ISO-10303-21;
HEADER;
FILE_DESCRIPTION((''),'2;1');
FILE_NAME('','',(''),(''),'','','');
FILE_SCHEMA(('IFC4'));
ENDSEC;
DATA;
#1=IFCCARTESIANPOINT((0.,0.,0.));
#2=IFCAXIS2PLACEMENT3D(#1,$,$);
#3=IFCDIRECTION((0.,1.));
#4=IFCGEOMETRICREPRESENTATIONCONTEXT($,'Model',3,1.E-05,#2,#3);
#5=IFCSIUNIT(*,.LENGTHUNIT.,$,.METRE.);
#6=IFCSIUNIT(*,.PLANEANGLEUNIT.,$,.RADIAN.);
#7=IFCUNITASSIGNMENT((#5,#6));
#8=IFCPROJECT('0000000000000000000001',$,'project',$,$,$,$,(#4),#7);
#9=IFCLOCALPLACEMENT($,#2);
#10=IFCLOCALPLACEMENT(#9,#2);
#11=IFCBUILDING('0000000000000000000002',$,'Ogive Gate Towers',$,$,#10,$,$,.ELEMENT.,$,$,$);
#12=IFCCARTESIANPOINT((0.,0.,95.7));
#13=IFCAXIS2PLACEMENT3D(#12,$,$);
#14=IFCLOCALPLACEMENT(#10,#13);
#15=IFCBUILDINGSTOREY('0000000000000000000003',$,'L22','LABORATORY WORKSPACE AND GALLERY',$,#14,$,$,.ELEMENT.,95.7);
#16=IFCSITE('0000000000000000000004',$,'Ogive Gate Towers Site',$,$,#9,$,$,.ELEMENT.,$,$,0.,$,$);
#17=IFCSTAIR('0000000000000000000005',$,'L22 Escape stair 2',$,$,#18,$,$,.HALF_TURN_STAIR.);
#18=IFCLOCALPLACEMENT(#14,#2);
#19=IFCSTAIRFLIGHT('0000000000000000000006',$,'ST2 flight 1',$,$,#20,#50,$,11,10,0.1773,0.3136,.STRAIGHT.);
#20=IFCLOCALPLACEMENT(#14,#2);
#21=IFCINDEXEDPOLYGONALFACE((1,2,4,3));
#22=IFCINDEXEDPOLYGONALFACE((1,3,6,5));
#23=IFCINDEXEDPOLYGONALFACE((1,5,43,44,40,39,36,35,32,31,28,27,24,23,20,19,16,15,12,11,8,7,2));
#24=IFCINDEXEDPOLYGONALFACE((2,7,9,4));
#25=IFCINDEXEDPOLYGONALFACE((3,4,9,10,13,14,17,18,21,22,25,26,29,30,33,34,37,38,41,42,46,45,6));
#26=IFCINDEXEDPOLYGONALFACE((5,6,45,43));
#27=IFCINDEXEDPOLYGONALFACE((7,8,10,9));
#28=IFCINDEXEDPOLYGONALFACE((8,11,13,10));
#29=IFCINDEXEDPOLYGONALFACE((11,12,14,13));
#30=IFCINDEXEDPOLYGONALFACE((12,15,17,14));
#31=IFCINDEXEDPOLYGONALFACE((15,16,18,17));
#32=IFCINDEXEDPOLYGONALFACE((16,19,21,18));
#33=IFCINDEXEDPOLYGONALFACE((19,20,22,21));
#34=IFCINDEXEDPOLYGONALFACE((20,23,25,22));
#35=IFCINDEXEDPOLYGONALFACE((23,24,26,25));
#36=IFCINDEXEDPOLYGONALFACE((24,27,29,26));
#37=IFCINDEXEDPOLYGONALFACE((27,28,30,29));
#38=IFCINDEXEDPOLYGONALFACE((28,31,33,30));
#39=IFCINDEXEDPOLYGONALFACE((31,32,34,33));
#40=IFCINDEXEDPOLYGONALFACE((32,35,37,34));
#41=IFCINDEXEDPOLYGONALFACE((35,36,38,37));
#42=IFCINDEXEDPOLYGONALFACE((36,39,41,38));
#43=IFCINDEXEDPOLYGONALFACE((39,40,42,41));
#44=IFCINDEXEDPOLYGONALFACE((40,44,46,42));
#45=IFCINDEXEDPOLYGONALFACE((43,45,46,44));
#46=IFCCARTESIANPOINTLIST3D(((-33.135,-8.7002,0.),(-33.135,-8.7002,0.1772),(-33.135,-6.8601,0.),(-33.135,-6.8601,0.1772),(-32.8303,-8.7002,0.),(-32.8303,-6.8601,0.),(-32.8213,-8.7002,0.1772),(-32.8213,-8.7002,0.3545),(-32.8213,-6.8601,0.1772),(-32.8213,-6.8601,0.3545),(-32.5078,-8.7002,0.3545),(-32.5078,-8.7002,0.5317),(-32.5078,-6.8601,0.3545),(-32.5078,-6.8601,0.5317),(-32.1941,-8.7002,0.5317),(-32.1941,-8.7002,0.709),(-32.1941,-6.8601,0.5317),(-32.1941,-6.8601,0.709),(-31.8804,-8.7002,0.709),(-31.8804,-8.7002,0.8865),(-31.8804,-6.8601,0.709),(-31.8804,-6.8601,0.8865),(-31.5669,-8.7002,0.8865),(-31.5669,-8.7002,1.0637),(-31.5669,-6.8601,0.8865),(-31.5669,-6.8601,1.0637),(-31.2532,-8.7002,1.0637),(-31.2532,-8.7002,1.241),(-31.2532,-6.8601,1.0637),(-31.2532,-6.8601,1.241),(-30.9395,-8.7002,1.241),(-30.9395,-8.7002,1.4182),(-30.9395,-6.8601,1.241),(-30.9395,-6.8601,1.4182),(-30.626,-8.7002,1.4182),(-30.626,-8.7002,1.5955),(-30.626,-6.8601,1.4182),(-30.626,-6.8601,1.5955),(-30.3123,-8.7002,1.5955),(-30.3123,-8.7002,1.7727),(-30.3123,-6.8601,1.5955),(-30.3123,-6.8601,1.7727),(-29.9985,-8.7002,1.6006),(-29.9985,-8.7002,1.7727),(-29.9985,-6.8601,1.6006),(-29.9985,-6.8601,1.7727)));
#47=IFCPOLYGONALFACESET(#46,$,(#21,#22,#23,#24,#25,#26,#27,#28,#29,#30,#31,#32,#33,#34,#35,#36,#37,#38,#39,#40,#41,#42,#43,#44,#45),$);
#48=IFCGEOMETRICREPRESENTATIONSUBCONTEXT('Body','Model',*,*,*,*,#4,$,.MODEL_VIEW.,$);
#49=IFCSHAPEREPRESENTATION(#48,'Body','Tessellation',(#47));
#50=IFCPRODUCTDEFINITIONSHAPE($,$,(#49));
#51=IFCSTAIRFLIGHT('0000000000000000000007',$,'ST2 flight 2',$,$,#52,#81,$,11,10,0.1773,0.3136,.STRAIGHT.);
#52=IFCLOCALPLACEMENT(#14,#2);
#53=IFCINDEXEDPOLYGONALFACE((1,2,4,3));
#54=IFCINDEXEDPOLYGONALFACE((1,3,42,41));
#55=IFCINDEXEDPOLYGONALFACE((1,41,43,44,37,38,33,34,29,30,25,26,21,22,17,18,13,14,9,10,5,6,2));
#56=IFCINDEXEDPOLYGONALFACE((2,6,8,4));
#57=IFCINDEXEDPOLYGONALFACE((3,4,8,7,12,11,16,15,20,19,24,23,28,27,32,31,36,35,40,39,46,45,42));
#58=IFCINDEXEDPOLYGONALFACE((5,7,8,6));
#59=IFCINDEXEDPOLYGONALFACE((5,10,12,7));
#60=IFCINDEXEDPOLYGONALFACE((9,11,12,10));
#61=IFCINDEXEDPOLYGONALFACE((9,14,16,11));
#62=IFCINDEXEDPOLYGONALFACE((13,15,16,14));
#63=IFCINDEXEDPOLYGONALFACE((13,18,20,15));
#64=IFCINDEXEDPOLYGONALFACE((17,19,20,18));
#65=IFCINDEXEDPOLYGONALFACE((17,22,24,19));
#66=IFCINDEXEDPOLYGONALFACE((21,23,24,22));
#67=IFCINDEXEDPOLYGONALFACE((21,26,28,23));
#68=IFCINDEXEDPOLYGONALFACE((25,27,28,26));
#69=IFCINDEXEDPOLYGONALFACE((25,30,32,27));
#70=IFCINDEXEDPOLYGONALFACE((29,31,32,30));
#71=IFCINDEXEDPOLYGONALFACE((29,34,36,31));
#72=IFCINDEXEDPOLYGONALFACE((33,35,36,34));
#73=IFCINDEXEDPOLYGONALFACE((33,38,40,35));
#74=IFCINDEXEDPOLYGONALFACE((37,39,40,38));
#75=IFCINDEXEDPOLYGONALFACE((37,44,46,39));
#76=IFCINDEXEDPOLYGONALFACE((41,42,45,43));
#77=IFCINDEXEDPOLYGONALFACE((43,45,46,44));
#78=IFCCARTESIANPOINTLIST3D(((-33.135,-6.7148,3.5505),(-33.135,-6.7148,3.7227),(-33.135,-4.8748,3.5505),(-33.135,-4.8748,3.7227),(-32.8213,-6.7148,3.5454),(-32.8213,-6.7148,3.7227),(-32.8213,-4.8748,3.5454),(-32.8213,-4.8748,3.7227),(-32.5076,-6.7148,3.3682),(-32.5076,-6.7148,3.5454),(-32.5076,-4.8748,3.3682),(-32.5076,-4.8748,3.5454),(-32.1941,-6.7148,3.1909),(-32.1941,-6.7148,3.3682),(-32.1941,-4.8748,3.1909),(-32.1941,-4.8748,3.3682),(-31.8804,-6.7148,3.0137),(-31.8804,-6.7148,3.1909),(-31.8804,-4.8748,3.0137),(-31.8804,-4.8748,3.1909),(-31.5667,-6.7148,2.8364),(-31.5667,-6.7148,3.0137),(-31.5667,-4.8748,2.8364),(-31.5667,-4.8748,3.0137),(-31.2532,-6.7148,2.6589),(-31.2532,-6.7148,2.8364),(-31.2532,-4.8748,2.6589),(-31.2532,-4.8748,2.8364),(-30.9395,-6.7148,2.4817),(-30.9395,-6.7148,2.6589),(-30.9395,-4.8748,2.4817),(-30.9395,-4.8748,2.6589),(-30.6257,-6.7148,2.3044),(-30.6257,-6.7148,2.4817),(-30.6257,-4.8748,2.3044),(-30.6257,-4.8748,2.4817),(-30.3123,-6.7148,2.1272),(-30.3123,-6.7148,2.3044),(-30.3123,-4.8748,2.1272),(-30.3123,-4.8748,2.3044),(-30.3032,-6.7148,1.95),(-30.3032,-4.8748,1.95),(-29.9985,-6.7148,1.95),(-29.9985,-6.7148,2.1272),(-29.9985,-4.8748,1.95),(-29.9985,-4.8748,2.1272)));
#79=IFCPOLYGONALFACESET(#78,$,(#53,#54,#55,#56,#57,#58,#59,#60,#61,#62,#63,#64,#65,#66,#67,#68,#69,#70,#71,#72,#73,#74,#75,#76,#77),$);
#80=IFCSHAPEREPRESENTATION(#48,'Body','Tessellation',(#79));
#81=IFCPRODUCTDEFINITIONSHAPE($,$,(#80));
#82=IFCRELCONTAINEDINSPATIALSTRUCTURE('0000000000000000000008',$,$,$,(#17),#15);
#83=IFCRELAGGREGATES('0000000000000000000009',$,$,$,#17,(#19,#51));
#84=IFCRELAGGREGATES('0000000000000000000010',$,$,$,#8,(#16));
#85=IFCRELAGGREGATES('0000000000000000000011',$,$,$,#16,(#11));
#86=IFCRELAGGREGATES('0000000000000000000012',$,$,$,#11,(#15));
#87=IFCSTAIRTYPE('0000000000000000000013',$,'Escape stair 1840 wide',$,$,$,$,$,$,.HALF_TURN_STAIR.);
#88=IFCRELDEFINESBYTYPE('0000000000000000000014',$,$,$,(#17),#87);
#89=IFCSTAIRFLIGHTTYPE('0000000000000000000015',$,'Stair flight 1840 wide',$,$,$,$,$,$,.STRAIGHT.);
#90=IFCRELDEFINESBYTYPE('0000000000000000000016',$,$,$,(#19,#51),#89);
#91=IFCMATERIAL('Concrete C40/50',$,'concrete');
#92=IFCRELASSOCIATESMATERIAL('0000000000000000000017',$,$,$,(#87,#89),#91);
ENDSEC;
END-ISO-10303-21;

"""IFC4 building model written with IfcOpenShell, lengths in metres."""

from ifc_helpers import new_model, si_unit, direction, frame, origin, place, context, subcontext, project, spatial, polyline, outline, extrude, material, type_object, element, aggregate, save


model = new_model("IFC4")

# Units and contexts
model_context = context("Model", 3, precision=1e-05, world=origin(), true_north=direction((0.0, 1.0)))
body_context = subcontext(model_context, "Body", "Model", "MODEL_VIEW")
ifc_project = project(units=[si_unit("LENGTHUNIT", "METRE"), si_unit("PLANEANGLEUNIT", "RADIAN")], contexts=[model_context])

# Site, building, storey
site_placement = place(None, origin())
site = spatial("IfcSite", under=ifc_project, at=site_placement, Name="Ogive Gate Towers Site", CompositionType="ELEMENT", RefElevation=0.0)
building_placement = place(site_placement, origin())
building = spatial("IfcBuilding", under=site, at=building_placement, Name="Ogive Gate Towers", CompositionType="ELEMENT")
storey_placement = place(building_placement, frame((0.0, 0.0, 95.7)))
storey = spatial("IfcBuildingStorey", under=building, at=storey_placement, Name="L22", Description="LABORATORY WORKSPACE AND GALLERY", CompositionType="ELEMENT", Elevation=95.7)

# Stair, stair flights
ifc_material_1 = material(Name="Concrete C40/50", Category="concrete")
stair_type = type_object("IfcStairType", Name="Escape stair 1840 wide", PredefinedType="HALF_TURN_STAIR", material=ifc_material_1)
stair_placement = place(storey_placement, origin())
stair = element("IfcStair", 1, at=stair_placement, inside=storey, type_object=stair_type, Name="L22 Escape stair 2", PredefinedType="HALF_TURN_STAIR")
stair_flight_type = type_object("IfcStairFlightType", Name="Stair flight 1840 wide", PredefinedType="STRAIGHT", material=ifc_material_1)
stair_flight_1_placement = place(storey_placement, frame((-33.135, -7.78, 0.0), z_axis=(0.0, 0.0, 1.0), x_axis=(1.0, 0.0, 0.0)))
stair_flight_1 = element("IfcStairFlight", 2, at=stair_flight_1_placement, type_object=stair_flight_type, Name="ST2 flight 1", NumberOfRisers=11, NumberOfTreads=10, PredefinedType="STRAIGHT", RiserHeight=0.1773, TreadLength=0.3136, context=body_context, shape_type="SweptSolid", body=[
    extrude(outline(polyline([(0.0, 0.0), (0.0, 0.1772), (0.3137, 0.1772), (0.3137, 0.3545), (0.6272, 0.3545), (0.6272, 0.5317), (0.9409, 0.5317), (0.9409, 0.709), (1.2546, 0.709), (1.2546, 0.8865), (1.5681, 0.8865), (1.5681, 1.0637), (1.8818, 1.0637), (1.8818, 1.241), (2.1956, 1.241), (2.1956, 1.4182), (2.509, 1.4182), (2.509, 1.5955), (2.8228, 1.5955), (2.8228, 1.7727), (3.1365, 1.7727), (3.1365, 1.95), (3.1365, 1.6006), (0.3047, 0.0), (0.0, 0.0)])), frame((0.0, 0.9199, 0.0), z_axis=(0.0, -1.0, 0.0), x_axis=(1.0, 0.0, 0.0)), (0.0, 0.0, 1.0), 1.8401),
])
stair_flight_2_placement = place(storey_placement, frame((-29.9985, -5.7949, 1.95), z_axis=(0.0, 0.0, 1.0), x_axis=(-1.0, 0.0, 0.0)))
stair_flight_2 = element("IfcStairFlight", 3, at=stair_flight_2_placement, type_object=stair_flight_type, Name="ST2 flight 2", NumberOfRisers=11, NumberOfTreads=10, PredefinedType="STRAIGHT", RiserHeight=0.1773, TreadLength=0.3136, context=body_context, shape_type="SweptSolid", body=[
    extrude(outline(polyline([(0.0, 0.0), (0.0, 0.1772), (0.3137, 0.1772), (0.3137, 0.3545), (0.6272, 0.3545), (0.6272, 0.5317), (0.9409, 0.5317), (0.9409, 0.709), (1.2546, 0.709), (1.2546, 0.8865), (1.5681, 0.8865), (1.5681, 1.0637), (1.8818, 1.0637), (1.8818, 1.241), (2.1956, 1.241), (2.1956, 1.4182), (2.509, 1.4182), (2.509, 1.5955), (2.8228, 1.5955), (2.8228, 1.7727), (3.1365, 1.7727), (3.1365, 1.95), (3.1365, 1.6006), (0.3047, 0.0), (0.0, 0.0)])), frame((0.0, 0.9199, 0.0), z_axis=(0.0, -1.0, 0.0), x_axis=(1.0, 0.0, 0.0)), (0.0, 0.0, 1.0), 1.8401),
])
aggregate(stair, [stair_flight_1, stair_flight_2])

save(model, "model.ifc")
